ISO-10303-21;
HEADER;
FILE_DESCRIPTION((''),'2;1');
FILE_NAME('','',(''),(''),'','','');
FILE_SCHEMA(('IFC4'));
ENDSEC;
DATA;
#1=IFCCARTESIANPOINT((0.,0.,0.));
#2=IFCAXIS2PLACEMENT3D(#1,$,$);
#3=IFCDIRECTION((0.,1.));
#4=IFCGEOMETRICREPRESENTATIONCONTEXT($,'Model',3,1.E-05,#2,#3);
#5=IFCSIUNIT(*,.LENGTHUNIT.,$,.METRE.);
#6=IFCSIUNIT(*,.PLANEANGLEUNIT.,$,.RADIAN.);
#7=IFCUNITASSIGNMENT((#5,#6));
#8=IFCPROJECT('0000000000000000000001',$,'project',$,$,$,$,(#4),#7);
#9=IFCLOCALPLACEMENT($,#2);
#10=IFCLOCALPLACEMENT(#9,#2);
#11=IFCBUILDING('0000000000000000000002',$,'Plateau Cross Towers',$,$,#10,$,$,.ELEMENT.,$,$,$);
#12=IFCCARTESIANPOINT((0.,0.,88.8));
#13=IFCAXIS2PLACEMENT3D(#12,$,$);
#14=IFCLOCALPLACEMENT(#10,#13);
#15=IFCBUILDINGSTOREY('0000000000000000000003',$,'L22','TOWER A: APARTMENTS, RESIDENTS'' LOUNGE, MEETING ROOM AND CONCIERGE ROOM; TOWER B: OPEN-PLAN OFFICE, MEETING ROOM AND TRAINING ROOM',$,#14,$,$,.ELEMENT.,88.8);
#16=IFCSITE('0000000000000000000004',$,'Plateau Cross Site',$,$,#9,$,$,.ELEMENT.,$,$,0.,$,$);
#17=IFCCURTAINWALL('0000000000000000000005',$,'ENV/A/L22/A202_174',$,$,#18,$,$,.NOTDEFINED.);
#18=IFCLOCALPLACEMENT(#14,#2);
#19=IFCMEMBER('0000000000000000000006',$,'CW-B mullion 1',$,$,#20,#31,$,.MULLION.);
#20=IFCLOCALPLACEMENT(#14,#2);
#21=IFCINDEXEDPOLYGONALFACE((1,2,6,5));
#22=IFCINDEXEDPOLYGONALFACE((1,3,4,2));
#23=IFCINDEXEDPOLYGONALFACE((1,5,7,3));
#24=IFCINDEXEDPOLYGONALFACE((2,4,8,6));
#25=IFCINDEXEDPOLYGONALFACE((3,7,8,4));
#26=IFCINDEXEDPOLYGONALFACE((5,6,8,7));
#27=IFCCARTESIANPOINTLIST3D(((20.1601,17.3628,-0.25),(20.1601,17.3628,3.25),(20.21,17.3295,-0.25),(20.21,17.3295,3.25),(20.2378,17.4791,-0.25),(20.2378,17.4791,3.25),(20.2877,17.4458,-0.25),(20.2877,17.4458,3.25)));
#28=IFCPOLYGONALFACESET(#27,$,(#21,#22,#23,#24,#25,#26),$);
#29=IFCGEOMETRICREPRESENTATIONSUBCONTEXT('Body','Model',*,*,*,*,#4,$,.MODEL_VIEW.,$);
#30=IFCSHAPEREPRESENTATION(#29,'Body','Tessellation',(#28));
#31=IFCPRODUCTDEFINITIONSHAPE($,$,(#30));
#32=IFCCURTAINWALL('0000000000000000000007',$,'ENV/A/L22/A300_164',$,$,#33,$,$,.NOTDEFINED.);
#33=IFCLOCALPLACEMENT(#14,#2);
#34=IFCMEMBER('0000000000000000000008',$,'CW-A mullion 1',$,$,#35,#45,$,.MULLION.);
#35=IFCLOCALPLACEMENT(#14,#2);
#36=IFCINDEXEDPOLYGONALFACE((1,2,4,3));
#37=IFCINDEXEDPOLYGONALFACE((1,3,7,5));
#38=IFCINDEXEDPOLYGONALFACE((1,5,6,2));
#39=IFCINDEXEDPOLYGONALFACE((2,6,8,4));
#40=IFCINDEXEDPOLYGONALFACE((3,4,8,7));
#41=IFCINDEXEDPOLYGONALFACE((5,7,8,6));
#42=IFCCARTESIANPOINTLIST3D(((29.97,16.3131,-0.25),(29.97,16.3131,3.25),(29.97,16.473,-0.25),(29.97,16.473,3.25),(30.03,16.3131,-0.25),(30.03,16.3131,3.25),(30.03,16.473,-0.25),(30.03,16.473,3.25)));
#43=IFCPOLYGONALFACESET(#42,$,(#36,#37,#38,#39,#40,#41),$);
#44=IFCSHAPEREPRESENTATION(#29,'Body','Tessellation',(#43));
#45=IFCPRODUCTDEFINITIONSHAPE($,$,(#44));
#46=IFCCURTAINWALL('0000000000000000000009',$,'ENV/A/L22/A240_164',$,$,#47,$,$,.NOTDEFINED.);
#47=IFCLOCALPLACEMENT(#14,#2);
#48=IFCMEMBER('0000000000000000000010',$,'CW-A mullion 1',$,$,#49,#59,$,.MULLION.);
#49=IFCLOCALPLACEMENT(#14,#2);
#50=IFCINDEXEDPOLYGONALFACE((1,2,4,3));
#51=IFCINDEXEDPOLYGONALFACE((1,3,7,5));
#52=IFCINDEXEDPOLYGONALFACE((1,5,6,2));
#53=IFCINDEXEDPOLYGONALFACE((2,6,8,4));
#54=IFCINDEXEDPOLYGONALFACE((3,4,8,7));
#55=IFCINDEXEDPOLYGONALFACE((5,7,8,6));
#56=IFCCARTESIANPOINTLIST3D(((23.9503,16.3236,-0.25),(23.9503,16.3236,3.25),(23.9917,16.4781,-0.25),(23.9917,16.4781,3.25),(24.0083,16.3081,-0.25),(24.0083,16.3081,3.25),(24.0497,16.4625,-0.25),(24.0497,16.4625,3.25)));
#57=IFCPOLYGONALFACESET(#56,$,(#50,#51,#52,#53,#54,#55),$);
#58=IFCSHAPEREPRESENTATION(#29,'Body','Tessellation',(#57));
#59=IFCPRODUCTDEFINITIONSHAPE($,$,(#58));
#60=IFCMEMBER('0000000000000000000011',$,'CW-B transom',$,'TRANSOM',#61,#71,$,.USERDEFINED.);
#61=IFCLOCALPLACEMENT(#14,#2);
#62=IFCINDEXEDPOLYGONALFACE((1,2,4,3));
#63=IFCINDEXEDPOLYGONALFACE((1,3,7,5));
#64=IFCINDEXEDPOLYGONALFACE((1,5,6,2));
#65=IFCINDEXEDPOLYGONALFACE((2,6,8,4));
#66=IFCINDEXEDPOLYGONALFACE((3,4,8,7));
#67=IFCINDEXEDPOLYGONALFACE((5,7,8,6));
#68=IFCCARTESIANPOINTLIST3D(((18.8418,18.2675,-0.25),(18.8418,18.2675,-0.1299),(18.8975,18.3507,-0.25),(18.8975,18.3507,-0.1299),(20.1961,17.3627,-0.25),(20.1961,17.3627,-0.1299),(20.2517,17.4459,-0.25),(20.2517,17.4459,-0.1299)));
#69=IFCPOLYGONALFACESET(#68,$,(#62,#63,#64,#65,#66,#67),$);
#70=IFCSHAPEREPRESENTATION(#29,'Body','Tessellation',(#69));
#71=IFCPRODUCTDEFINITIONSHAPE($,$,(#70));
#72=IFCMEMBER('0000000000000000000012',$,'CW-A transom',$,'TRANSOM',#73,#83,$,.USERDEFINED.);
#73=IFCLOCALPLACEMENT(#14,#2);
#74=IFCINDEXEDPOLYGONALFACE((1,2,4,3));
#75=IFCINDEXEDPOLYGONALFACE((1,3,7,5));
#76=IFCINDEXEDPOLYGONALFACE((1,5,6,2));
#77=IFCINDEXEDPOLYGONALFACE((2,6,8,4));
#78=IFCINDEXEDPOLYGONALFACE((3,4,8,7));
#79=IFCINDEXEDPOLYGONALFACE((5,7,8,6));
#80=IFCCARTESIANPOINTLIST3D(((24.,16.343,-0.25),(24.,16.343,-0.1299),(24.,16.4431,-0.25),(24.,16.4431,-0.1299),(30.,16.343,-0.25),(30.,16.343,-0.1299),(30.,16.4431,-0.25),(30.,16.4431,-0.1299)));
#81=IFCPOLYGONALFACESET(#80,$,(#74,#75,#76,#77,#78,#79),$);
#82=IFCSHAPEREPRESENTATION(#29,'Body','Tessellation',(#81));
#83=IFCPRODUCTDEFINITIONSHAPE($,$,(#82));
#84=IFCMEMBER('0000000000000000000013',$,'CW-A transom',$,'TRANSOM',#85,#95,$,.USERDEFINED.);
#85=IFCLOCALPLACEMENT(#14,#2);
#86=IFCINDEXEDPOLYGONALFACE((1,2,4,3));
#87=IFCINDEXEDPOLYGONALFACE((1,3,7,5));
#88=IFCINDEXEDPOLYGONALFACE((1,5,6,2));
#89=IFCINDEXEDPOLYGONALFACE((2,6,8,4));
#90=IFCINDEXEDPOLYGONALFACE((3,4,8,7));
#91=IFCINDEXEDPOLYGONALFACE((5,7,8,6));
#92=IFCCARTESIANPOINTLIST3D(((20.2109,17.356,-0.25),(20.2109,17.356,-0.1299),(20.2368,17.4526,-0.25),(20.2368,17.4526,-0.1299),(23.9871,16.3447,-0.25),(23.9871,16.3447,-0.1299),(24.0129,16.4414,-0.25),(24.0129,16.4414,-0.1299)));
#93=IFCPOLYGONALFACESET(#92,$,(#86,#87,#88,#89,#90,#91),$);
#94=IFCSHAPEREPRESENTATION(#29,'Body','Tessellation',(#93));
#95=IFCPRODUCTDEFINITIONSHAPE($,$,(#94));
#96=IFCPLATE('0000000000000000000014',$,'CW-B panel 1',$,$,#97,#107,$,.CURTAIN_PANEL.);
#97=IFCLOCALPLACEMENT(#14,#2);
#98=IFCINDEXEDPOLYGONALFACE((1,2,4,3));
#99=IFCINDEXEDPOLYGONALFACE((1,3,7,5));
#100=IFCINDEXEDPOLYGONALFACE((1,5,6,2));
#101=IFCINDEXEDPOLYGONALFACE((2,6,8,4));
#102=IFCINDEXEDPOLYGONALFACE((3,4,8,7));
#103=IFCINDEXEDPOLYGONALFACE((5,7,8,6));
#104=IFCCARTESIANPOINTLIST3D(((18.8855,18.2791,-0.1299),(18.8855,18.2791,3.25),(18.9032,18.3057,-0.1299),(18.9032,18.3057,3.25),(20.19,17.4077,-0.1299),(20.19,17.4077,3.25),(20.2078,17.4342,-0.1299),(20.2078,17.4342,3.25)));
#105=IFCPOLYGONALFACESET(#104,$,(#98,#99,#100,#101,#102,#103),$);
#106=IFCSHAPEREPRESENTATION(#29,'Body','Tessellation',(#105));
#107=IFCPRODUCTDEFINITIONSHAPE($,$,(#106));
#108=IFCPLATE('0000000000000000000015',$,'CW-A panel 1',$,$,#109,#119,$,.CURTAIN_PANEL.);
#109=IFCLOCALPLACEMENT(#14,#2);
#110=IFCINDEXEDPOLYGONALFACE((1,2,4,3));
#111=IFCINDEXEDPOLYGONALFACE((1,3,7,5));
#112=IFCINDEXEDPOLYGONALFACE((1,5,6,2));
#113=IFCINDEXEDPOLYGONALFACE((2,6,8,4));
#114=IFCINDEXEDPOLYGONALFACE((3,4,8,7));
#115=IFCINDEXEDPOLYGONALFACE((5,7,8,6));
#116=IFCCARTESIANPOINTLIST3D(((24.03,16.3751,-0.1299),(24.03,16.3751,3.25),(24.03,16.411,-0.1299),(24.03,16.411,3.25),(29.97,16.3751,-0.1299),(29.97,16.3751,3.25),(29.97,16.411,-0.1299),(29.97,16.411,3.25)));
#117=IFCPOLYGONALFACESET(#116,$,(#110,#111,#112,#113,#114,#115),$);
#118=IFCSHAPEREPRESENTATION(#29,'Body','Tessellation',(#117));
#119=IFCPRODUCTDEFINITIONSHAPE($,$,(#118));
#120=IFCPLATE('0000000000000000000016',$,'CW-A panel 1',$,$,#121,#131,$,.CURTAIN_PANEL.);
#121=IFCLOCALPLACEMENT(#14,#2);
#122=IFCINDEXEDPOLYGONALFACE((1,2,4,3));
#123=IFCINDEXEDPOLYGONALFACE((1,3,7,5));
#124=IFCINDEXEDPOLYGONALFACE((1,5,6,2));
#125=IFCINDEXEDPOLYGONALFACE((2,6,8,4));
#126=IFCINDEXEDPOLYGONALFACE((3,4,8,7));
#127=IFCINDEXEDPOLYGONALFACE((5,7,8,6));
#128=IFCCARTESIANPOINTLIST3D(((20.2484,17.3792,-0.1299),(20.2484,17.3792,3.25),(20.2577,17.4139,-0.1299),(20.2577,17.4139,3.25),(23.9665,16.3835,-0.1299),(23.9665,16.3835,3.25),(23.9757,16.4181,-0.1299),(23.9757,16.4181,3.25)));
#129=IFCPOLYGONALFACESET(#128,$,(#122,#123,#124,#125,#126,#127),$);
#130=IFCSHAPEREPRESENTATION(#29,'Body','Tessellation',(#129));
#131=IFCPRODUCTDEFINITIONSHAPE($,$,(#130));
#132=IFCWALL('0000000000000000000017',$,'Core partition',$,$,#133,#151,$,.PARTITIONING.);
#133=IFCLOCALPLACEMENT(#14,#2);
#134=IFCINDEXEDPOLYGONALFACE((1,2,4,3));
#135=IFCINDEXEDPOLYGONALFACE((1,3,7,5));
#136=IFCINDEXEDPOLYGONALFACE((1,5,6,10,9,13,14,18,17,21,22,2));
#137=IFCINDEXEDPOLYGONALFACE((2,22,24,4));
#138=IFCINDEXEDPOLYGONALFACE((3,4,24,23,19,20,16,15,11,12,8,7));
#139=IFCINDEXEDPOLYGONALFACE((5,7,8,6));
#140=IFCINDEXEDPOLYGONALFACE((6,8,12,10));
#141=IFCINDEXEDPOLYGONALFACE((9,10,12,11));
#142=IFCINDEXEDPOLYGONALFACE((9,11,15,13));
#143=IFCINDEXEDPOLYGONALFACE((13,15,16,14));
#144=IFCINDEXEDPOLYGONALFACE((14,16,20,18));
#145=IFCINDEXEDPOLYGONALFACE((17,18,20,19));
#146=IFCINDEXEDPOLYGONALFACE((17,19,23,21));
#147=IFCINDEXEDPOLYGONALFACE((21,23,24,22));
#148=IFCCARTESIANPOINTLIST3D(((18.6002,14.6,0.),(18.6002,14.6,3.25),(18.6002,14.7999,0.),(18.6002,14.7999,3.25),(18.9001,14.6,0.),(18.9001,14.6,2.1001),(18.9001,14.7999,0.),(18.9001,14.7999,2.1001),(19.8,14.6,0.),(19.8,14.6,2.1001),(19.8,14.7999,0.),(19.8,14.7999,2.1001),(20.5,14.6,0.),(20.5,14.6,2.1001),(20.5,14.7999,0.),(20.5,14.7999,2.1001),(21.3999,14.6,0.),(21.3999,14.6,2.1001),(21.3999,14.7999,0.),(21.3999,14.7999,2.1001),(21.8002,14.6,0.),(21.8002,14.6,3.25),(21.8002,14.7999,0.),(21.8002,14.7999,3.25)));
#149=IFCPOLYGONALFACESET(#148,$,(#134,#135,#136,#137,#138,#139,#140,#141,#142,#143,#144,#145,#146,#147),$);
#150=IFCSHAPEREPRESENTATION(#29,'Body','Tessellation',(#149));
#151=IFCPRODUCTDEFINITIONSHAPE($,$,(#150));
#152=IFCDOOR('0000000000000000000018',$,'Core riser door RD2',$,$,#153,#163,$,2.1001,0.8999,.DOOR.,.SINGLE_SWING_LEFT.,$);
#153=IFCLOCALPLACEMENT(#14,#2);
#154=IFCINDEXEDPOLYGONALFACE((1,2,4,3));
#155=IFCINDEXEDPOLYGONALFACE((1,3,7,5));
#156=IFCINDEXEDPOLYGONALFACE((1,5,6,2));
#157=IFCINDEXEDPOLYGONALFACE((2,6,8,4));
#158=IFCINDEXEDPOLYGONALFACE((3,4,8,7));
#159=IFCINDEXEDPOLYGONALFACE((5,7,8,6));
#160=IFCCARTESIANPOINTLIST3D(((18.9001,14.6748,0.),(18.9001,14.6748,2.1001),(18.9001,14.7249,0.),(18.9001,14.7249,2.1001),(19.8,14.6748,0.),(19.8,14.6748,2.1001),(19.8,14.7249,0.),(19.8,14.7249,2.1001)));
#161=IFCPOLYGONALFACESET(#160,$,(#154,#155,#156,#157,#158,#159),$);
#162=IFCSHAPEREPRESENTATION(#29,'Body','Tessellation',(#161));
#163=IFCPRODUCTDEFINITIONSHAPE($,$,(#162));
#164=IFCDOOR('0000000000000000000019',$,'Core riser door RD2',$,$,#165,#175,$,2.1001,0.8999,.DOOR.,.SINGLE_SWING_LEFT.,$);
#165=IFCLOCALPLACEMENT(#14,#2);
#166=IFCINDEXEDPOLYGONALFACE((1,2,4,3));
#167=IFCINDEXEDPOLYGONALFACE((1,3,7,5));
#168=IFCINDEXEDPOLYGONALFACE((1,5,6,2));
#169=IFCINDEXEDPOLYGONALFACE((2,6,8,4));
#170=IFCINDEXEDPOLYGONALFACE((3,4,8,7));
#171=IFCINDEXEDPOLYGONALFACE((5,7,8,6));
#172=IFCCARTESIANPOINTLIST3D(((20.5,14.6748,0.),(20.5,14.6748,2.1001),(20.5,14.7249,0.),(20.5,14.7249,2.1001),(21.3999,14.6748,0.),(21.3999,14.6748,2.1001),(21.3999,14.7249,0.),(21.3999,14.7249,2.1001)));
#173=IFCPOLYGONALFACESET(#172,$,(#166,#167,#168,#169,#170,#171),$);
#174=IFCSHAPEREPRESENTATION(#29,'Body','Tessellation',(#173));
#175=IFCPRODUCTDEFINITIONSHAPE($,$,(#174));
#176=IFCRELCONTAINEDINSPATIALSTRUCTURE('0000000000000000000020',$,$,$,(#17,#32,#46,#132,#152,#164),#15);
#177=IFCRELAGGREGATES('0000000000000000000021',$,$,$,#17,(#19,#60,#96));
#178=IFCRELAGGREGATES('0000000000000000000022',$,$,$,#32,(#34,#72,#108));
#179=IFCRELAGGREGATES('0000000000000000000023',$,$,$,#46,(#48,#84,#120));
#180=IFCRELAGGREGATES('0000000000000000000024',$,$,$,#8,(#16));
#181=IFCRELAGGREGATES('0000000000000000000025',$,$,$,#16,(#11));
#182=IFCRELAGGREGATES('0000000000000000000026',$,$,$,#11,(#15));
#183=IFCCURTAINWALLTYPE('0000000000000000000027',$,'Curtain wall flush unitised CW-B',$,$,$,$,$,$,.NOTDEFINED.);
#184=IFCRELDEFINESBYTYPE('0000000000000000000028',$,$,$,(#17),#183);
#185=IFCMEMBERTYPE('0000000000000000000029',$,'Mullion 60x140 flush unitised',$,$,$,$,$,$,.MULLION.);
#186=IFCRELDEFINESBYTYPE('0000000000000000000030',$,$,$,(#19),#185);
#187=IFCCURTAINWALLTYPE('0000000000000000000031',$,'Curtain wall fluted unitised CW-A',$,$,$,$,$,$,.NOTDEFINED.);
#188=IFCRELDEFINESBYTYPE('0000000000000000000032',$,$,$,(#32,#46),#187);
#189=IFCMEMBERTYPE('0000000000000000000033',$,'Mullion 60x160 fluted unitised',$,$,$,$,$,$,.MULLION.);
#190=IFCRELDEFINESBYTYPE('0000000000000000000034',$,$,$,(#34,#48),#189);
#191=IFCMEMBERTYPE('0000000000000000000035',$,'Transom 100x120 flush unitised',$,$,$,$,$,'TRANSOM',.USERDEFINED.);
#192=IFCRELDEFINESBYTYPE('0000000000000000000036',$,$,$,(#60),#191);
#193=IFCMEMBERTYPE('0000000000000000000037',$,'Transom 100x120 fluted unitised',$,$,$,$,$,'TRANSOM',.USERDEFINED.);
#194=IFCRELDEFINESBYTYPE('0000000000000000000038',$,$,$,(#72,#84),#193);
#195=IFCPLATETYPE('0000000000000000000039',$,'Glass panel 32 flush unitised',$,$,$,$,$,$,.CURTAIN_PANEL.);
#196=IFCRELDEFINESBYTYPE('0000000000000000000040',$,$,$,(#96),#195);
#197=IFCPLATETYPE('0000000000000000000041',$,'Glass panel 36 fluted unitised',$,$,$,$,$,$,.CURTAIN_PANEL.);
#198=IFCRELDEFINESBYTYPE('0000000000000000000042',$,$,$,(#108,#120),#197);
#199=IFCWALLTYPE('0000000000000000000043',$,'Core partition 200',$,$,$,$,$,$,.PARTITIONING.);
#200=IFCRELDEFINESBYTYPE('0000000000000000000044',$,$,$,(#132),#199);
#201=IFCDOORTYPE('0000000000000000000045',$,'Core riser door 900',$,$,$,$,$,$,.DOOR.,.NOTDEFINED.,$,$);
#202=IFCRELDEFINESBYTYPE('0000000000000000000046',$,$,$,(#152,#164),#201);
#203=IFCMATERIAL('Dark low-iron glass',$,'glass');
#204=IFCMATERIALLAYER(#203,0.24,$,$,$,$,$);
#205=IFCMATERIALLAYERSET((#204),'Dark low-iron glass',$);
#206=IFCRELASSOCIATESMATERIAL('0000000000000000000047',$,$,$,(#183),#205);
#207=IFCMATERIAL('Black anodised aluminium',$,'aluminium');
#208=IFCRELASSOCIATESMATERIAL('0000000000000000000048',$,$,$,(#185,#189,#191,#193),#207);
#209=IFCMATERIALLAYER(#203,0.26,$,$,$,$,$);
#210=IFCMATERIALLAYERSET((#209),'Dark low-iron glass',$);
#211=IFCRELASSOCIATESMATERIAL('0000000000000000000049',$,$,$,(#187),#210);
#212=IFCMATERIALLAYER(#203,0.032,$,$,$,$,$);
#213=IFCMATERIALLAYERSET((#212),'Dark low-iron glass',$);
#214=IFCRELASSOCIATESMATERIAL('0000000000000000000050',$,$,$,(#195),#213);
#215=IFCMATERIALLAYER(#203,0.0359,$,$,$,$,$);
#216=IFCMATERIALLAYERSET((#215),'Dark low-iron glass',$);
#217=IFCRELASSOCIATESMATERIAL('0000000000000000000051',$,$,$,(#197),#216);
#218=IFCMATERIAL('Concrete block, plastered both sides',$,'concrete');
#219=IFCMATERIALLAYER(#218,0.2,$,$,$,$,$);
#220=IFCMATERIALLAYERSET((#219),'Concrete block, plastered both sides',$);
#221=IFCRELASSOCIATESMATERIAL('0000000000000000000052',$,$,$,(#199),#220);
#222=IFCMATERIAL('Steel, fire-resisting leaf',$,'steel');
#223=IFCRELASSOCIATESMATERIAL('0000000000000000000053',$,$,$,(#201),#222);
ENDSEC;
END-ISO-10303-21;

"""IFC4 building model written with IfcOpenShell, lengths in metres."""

from ifc_helpers import new_model, si_unit, direction, frame, frame_2d, origin, origin_2d, place, context, subcontext, project, spatial, rectangle, extrude, material, layer, layer_set, material_profile, profile_set, type_object, element, fill, aggregate, save


model = new_model("IFC4")

# Units and contexts
model_context = context("Model", 3, precision=1e-05, world=origin(), true_north=direction((0.0, 1.0)))
body_context = subcontext(model_context, "Body", "Model", "MODEL_VIEW")
ifc_project = project(units=[si_unit("LENGTHUNIT", "METRE"), si_unit("PLANEANGLEUNIT", "RADIAN")], contexts=[model_context])

# Site, building, storey
site_placement = place(None, origin())
site = spatial("IfcSite", under=ifc_project, at=site_placement, Name="Plateau Cross Site", CompositionType="ELEMENT", RefElevation=0.0)
building_placement = place(site_placement, origin())
building = spatial("IfcBuilding", under=site, at=building_placement, Name="Plateau Cross Towers", CompositionType="ELEMENT")
storey_placement = place(building_placement, frame((0.0, 0.0, 88.8)))
storey = spatial("IfcBuildingStorey", under=building, at=storey_placement, Name="L22", Description="TOWER A: APARTMENTS, RESIDENTS' LOUNGE, MEETING ROOM AND CONCIERGE ROOM; TOWER B: OPEN-PLAN OFFICE, MEETING ROOM AND TRAINING ROOM", CompositionType="ELEMENT", Elevation=88.8)

# Curtain walls, members
ifc_material_1 = material(Name="Dark low-iron glass", Category="glass")
ifc_layer_1 = layer(ifc_material_1, 0.24)
ifc_layer_set_1 = layer_set([ifc_layer_1], Name="Dark low-iron glass")
curtain_wall_type_1 = type_object("IfcCurtainWallType", Name="Curtain wall flush unitised CW-B", PredefinedType="NOTDEFINED", material=ifc_layer_set_1)
curtain_wall_1_placement = place(storey_placement, origin())
curtain_wall_1 = element("IfcCurtainWall", 1, at=curtain_wall_1_placement, inside=storey, type_object=curtain_wall_type_1, Name="ENV/A/L22/A202_174", PredefinedType="NOTDEFINED")
ifc_material_2 = material(Name="Black anodised aluminium", Category="aluminium")
ifc_material_profile_1 = material_profile(ifc_material_2, rectangle(XDim=0.0601, YDim=0.1399, at=origin_2d()), Name="MULLION 60x140")
ifc_profile_set_1 = profile_set([ifc_material_profile_1], Name="Black anodised aluminium")
member_type_1 = type_object("IfcMemberType", Name="Mullion 60x140 flush unitised", PredefinedType="MULLION", material=ifc_profile_set_1)
member_1_placement = place(storey_placement, frame((20.2239, 17.4043, -0.25), z_axis=(0.0, 0.0, 1.0), x_axis=(-0.831521, 0.555493, 0.0)))
member_1 = element("IfcMember", 2, at=member_1_placement, type_object=member_type_1, Name="CW-B mullion 1", PredefinedType="MULLION", context=body_context, shape_type="SweptSolid", body=[
    extrude(rectangle(XDim=0.0601, YDim=0.1399, at=origin_2d()), origin(), (0.0, 0.0, 1.0), 3.5),
])
ifc_layer_2 = layer(ifc_material_1, 0.26)
ifc_layer_set_2 = layer_set([ifc_layer_2], Name="Dark low-iron glass")
curtain_wall_type_2 = type_object("IfcCurtainWallType", Name="Curtain wall fluted unitised CW-A", PredefinedType="NOTDEFINED", material=ifc_layer_set_2)
curtain_wall_2_placement = place(storey_placement, origin())
curtain_wall_2 = element("IfcCurtainWall", 3, at=curtain_wall_2_placement, inside=storey, type_object=curtain_wall_type_2, Name="ENV/A/L22/A300_164", PredefinedType="NOTDEFINED")
ifc_material_profile_2 = material_profile(ifc_material_2, rectangle(XDim=0.0601, YDim=0.1599, at=origin_2d()), Name="MULLION 60x160")
ifc_profile_set_2 = profile_set([ifc_material_profile_2], Name="Black anodised aluminium")
member_type_2 = type_object("IfcMemberType", Name="Mullion 60x160 fluted unitised", PredefinedType="MULLION", material=ifc_profile_set_2)
member_2_placement = place(storey_placement, frame((30.0, 16.3931, -0.25), z_axis=(0.0, 0.0, 1.0), x_axis=(-1.0, 0.0, 0.0)))
member_2 = element("IfcMember", 4, at=member_2_placement, type_object=member_type_2, Name="CW-A mullion 1", PredefinedType="MULLION", context=body_context, shape_type="SweptSolid", body=[
    extrude(rectangle(XDim=0.0601, YDim=0.1599, at=origin_2d()), origin(), (0.0, 0.0, 1.0), 3.5),
])
curtain_wall_3_placement = place(storey_placement, origin())
curtain_wall_3 = element("IfcCurtainWall", 5, at=curtain_wall_3_placement, inside=storey, type_object=curtain_wall_type_2, Name="ENV/A/L22/A240_164", PredefinedType="NOTDEFINED")
member_3_placement = place(storey_placement, frame((24.0, 16.3931, -0.25), z_axis=(0.0, 0.0, 1.0), x_axis=(-0.965958, 0.258699, 0.0)))
member_3 = element("IfcMember", 6, at=member_3_placement, type_object=member_type_2, Name="CW-A mullion 1", PredefinedType="MULLION", context=body_context, shape_type="SweptSolid", body=[
    extrude(rectangle(XDim=0.0601, YDim=0.1599, at=origin_2d()), origin(), (0.0, 0.0, 1.0), 3.5),
])

# Members
ifc_material_profile_3 = material_profile(ifc_material_2, rectangle(XDim=0.1001, YDim=0.1201, at=origin_2d()), Name="TRANSOM 100x120")
ifc_profile_set_3 = profile_set([ifc_material_profile_3], Name="Black anodised aluminium")
member_type_3 = type_object("IfcMemberType", Name="Transom 100x120 flush unitised", ElementType="TRANSOM", PredefinedType="USERDEFINED", material=ifc_profile_set_3)
member_4_placement = place(storey_placement, frame((20.2239, 17.4043, -0.1899), z_axis=(-0.831496, 0.55553, 0.0), x_axis=(-0.55553, -0.831496, 0.0)))
member_4 = element("IfcMember", 7, at=member_4_placement, type_object=member_type_3, Name="CW-B transom", ObjectType="TRANSOM", PredefinedType="USERDEFINED", context=body_context, shape_type="SweptSolid", body=[
    extrude(rectangle(XDim=0.1001, YDim=0.1201, at=origin_2d()), origin(), (0.0, 0.0, 1.0), 1.6287),
])
ifc_material_profile_4 = material_profile(ifc_material_2, rectangle(XDim=0.1001, YDim=0.1201, at=origin_2d()), Name="TRANSOM 100x120")
ifc_profile_set_4 = profile_set([ifc_material_profile_4], Name="Black anodised aluminium")
member_type_4 = type_object("IfcMemberType", Name="Transom 100x120 fluted unitised", ElementType="TRANSOM", PredefinedType="USERDEFINED", material=ifc_profile_set_4)
member_5_placement = place(storey_placement, frame((30.0, 16.3931, -0.1899), z_axis=(-1.0, 0.0, 0.0), x_axis=(0.0, -1.0, 0.0)))
member_5 = element("IfcMember", 8, at=member_5_placement, type_object=member_type_4, Name="CW-A transom", ObjectType="TRANSOM", PredefinedType="USERDEFINED", context=body_context, shape_type="SweptSolid", body=[
    extrude(rectangle(XDim=0.1001, YDim=0.1201, at=origin_2d()), origin(), (0.0, 0.0, 1.0), 6.0),
])
member_6_placement = place(storey_placement, frame((24.0, 16.3931, -0.1899), z_axis=(-0.965963, 0.258681, 0.0), x_axis=(-0.258681, -0.965963, 0.0)))
member_6 = element("IfcMember", 9, at=member_6_placement, type_object=member_type_4, Name="CW-A transom", ObjectType="TRANSOM", PredefinedType="USERDEFINED", context=body_context, shape_type="SweptSolid", body=[
    extrude(rectangle(XDim=0.1001, YDim=0.1201, at=origin_2d()), origin(), (0.0, 0.0, 1.0), 3.9092),
])

# Plates
ifc_layer_3 = layer(ifc_material_1, 0.032)
ifc_layer_set_3 = layer_set([ifc_layer_3], Name="Dark low-iron glass")
plate_type_1 = type_object("IfcPlateType", Name="Glass panel 32 flush unitised", PredefinedType="CURTAIN_PANEL", material=ifc_layer_set_3)
plate_1_placement = place(storey_placement, frame((19.5466, 17.8567, -0.1299), z_axis=(0.0, 0.0, 1.0), x_axis=(-0.831521, 0.555493, 0.0)))
plate_1 = element("IfcPlate", 10, at=plate_1_placement, type_object=plate_type_1, Name="CW-B panel 1", PredefinedType="CURTAIN_PANEL", context=body_context, shape_type="SweptSolid", body=[
    extrude(rectangle(XDim=1.5688, YDim=0.032, at=origin_2d()), origin(), (0.0, 0.0, 1.0), 3.3799),
])
aggregate(curtain_wall_1, [member_1, member_4, plate_1])
ifc_layer_4 = layer(ifc_material_1, 0.0359)
ifc_layer_set_4 = layer_set([ifc_layer_4], Name="Dark low-iron glass")
plate_type_2 = type_object("IfcPlateType", Name="Glass panel 36 fluted unitised", PredefinedType="CURTAIN_PANEL", material=ifc_layer_set_4)
plate_2_placement = place(storey_placement, frame((27.0, 16.3931, -0.1299), z_axis=(0.0, 0.0, 1.0), x_axis=(-1.0, 0.0, 0.0)))
plate_2 = element("IfcPlate", 11, at=plate_2_placement, type_object=plate_type_2, Name="CW-A panel 1", PredefinedType="CURTAIN_PANEL", context=body_context, shape_type="SweptSolid", body=[
    extrude(rectangle(XDim=5.9399, YDim=0.0359, at=origin_2d()), origin(), (0.0, 0.0, 1.0), 3.3799),
])
aggregate(curtain_wall_2, [member_2, member_5, plate_2])
plate_3_placement = place(storey_placement, frame((22.1121, 16.8987, -0.1299), z_axis=(0.0, 0.0, 1.0), x_axis=(-0.965958, 0.258699, 0.0)))
plate_3 = element("IfcPlate", 12, at=plate_3_placement, type_object=plate_type_2, Name="CW-A panel 1", PredefinedType="CURTAIN_PANEL", context=body_context, shape_type="SweptSolid", body=[
    extrude(rectangle(XDim=3.8491, YDim=0.0359, at=origin_2d()), origin(), (0.0, 0.0, 1.0), 3.3799),
])
aggregate(curtain_wall_3, [member_3, member_6, plate_3])

# Wall, openings, doors
ifc_material_3 = material(Name="Concrete block, plastered both sides", Category="concrete")
ifc_layer_5 = layer(ifc_material_3, 0.2)
ifc_layer_set_5 = layer_set([ifc_layer_5], Name="Concrete block, plastered both sides")
wall_type_1 = type_object("IfcWallType", Name="Core partition 200", PredefinedType="PARTITIONING", material=ifc_layer_set_5)
wall_1_placement = place(storey_placement, frame((18.6001, 14.7, 0.0), z_axis=(0.0, 0.0, 1.0), x_axis=(1.0, 0.0, 0.0)))
wall_1 = element("IfcWall", 13, at=wall_1_placement, inside=storey, type_object=wall_type_1, Name="Core partition", PredefinedType="PARTITIONING", context=body_context, shape_type="SweptSolid", body=[
    extrude(rectangle(XDim=3.2, YDim=0.2, at=frame_2d((1.6001, 0.0))), origin(), (0.0, 0.0, 1.0), 3.25),
])
opening_1_placement = place(wall_1_placement, frame((0.3, 0.0, 0.0)))
opening_1 = element("IfcOpeningElement", 14, at=opening_1_placement, cuts=wall_1, PredefinedType="OPENING", context=body_context, shape_type="SweptSolid", body=[
    extrude(rectangle(XDim=0.8999, YDim=2.1001, at=frame_2d((0.45, 1.05))), frame((0.0, 0.1099, 0.0), z_axis=(0.0, -1.0, 0.0), x_axis=(1.0, 0.0, 0.0)), (0.0, 0.0, 1.0), 0.22),
])
opening_2_placement = place(wall_1_placement, frame((1.8999, 0.0, 0.0)))
opening_2 = element("IfcOpeningElement", 15, at=opening_2_placement, cuts=wall_1, PredefinedType="OPENING", context=body_context, shape_type="SweptSolid", body=[
    extrude(rectangle(XDim=0.8999, YDim=2.1001, at=frame_2d((0.45, 1.05))), frame((0.0, 0.1099, 0.0), z_axis=(0.0, -1.0, 0.0), x_axis=(1.0, 0.0, 0.0)), (0.0, 0.0, 1.0), 0.22),
])
ifc_material_4 = material(Name="Steel, fire-resisting leaf", Category="steel")
door_type_1 = type_object("IfcDoorType", Name="Core riser door 900", OperationType="NOTDEFINED", PredefinedType="DOOR", material=ifc_material_4)
door_1_placement = place(opening_1_placement, origin())
door_1 = element("IfcDoor", 16, at=door_1_placement, inside=storey, type_object=door_type_1, Name="Core riser door RD2", OperationType="SINGLE_SWING_LEFT", OverallHeight=2.1001, OverallWidth=0.8999, PredefinedType="DOOR", context=body_context, shape_type="SweptSolid", body=[
    extrude(rectangle(XDim=0.8999, YDim=2.1001, at=frame_2d((0.45, 1.05))), frame((0.0, 0.0249, 0.0), z_axis=(0.0, -1.0, 0.0), x_axis=(1.0, 0.0, 0.0)), (0.0, 0.0, 1.0), 0.05),
])
fill(opening_1, door_1)
door_2_placement = place(opening_2_placement, origin())
door_2 = element("IfcDoor", 17, at=door_2_placement, inside=storey, type_object=door_type_1, Name="Core riser door RD2", OperationType="SINGLE_SWING_LEFT", OverallHeight=2.1001, OverallWidth=0.8999, PredefinedType="DOOR", context=body_context, shape_type="SweptSolid", body=[
    extrude(rectangle(XDim=0.8999, YDim=2.1001, at=frame_2d((0.45, 1.05))), frame((0.0, 0.0249, 0.0), z_axis=(0.0, -1.0, 0.0), x_axis=(1.0, 0.0, 0.0)), (0.0, 0.0, 1.0), 0.05),
])
fill(opening_2, door_2)

save(model, "model.ifc")
